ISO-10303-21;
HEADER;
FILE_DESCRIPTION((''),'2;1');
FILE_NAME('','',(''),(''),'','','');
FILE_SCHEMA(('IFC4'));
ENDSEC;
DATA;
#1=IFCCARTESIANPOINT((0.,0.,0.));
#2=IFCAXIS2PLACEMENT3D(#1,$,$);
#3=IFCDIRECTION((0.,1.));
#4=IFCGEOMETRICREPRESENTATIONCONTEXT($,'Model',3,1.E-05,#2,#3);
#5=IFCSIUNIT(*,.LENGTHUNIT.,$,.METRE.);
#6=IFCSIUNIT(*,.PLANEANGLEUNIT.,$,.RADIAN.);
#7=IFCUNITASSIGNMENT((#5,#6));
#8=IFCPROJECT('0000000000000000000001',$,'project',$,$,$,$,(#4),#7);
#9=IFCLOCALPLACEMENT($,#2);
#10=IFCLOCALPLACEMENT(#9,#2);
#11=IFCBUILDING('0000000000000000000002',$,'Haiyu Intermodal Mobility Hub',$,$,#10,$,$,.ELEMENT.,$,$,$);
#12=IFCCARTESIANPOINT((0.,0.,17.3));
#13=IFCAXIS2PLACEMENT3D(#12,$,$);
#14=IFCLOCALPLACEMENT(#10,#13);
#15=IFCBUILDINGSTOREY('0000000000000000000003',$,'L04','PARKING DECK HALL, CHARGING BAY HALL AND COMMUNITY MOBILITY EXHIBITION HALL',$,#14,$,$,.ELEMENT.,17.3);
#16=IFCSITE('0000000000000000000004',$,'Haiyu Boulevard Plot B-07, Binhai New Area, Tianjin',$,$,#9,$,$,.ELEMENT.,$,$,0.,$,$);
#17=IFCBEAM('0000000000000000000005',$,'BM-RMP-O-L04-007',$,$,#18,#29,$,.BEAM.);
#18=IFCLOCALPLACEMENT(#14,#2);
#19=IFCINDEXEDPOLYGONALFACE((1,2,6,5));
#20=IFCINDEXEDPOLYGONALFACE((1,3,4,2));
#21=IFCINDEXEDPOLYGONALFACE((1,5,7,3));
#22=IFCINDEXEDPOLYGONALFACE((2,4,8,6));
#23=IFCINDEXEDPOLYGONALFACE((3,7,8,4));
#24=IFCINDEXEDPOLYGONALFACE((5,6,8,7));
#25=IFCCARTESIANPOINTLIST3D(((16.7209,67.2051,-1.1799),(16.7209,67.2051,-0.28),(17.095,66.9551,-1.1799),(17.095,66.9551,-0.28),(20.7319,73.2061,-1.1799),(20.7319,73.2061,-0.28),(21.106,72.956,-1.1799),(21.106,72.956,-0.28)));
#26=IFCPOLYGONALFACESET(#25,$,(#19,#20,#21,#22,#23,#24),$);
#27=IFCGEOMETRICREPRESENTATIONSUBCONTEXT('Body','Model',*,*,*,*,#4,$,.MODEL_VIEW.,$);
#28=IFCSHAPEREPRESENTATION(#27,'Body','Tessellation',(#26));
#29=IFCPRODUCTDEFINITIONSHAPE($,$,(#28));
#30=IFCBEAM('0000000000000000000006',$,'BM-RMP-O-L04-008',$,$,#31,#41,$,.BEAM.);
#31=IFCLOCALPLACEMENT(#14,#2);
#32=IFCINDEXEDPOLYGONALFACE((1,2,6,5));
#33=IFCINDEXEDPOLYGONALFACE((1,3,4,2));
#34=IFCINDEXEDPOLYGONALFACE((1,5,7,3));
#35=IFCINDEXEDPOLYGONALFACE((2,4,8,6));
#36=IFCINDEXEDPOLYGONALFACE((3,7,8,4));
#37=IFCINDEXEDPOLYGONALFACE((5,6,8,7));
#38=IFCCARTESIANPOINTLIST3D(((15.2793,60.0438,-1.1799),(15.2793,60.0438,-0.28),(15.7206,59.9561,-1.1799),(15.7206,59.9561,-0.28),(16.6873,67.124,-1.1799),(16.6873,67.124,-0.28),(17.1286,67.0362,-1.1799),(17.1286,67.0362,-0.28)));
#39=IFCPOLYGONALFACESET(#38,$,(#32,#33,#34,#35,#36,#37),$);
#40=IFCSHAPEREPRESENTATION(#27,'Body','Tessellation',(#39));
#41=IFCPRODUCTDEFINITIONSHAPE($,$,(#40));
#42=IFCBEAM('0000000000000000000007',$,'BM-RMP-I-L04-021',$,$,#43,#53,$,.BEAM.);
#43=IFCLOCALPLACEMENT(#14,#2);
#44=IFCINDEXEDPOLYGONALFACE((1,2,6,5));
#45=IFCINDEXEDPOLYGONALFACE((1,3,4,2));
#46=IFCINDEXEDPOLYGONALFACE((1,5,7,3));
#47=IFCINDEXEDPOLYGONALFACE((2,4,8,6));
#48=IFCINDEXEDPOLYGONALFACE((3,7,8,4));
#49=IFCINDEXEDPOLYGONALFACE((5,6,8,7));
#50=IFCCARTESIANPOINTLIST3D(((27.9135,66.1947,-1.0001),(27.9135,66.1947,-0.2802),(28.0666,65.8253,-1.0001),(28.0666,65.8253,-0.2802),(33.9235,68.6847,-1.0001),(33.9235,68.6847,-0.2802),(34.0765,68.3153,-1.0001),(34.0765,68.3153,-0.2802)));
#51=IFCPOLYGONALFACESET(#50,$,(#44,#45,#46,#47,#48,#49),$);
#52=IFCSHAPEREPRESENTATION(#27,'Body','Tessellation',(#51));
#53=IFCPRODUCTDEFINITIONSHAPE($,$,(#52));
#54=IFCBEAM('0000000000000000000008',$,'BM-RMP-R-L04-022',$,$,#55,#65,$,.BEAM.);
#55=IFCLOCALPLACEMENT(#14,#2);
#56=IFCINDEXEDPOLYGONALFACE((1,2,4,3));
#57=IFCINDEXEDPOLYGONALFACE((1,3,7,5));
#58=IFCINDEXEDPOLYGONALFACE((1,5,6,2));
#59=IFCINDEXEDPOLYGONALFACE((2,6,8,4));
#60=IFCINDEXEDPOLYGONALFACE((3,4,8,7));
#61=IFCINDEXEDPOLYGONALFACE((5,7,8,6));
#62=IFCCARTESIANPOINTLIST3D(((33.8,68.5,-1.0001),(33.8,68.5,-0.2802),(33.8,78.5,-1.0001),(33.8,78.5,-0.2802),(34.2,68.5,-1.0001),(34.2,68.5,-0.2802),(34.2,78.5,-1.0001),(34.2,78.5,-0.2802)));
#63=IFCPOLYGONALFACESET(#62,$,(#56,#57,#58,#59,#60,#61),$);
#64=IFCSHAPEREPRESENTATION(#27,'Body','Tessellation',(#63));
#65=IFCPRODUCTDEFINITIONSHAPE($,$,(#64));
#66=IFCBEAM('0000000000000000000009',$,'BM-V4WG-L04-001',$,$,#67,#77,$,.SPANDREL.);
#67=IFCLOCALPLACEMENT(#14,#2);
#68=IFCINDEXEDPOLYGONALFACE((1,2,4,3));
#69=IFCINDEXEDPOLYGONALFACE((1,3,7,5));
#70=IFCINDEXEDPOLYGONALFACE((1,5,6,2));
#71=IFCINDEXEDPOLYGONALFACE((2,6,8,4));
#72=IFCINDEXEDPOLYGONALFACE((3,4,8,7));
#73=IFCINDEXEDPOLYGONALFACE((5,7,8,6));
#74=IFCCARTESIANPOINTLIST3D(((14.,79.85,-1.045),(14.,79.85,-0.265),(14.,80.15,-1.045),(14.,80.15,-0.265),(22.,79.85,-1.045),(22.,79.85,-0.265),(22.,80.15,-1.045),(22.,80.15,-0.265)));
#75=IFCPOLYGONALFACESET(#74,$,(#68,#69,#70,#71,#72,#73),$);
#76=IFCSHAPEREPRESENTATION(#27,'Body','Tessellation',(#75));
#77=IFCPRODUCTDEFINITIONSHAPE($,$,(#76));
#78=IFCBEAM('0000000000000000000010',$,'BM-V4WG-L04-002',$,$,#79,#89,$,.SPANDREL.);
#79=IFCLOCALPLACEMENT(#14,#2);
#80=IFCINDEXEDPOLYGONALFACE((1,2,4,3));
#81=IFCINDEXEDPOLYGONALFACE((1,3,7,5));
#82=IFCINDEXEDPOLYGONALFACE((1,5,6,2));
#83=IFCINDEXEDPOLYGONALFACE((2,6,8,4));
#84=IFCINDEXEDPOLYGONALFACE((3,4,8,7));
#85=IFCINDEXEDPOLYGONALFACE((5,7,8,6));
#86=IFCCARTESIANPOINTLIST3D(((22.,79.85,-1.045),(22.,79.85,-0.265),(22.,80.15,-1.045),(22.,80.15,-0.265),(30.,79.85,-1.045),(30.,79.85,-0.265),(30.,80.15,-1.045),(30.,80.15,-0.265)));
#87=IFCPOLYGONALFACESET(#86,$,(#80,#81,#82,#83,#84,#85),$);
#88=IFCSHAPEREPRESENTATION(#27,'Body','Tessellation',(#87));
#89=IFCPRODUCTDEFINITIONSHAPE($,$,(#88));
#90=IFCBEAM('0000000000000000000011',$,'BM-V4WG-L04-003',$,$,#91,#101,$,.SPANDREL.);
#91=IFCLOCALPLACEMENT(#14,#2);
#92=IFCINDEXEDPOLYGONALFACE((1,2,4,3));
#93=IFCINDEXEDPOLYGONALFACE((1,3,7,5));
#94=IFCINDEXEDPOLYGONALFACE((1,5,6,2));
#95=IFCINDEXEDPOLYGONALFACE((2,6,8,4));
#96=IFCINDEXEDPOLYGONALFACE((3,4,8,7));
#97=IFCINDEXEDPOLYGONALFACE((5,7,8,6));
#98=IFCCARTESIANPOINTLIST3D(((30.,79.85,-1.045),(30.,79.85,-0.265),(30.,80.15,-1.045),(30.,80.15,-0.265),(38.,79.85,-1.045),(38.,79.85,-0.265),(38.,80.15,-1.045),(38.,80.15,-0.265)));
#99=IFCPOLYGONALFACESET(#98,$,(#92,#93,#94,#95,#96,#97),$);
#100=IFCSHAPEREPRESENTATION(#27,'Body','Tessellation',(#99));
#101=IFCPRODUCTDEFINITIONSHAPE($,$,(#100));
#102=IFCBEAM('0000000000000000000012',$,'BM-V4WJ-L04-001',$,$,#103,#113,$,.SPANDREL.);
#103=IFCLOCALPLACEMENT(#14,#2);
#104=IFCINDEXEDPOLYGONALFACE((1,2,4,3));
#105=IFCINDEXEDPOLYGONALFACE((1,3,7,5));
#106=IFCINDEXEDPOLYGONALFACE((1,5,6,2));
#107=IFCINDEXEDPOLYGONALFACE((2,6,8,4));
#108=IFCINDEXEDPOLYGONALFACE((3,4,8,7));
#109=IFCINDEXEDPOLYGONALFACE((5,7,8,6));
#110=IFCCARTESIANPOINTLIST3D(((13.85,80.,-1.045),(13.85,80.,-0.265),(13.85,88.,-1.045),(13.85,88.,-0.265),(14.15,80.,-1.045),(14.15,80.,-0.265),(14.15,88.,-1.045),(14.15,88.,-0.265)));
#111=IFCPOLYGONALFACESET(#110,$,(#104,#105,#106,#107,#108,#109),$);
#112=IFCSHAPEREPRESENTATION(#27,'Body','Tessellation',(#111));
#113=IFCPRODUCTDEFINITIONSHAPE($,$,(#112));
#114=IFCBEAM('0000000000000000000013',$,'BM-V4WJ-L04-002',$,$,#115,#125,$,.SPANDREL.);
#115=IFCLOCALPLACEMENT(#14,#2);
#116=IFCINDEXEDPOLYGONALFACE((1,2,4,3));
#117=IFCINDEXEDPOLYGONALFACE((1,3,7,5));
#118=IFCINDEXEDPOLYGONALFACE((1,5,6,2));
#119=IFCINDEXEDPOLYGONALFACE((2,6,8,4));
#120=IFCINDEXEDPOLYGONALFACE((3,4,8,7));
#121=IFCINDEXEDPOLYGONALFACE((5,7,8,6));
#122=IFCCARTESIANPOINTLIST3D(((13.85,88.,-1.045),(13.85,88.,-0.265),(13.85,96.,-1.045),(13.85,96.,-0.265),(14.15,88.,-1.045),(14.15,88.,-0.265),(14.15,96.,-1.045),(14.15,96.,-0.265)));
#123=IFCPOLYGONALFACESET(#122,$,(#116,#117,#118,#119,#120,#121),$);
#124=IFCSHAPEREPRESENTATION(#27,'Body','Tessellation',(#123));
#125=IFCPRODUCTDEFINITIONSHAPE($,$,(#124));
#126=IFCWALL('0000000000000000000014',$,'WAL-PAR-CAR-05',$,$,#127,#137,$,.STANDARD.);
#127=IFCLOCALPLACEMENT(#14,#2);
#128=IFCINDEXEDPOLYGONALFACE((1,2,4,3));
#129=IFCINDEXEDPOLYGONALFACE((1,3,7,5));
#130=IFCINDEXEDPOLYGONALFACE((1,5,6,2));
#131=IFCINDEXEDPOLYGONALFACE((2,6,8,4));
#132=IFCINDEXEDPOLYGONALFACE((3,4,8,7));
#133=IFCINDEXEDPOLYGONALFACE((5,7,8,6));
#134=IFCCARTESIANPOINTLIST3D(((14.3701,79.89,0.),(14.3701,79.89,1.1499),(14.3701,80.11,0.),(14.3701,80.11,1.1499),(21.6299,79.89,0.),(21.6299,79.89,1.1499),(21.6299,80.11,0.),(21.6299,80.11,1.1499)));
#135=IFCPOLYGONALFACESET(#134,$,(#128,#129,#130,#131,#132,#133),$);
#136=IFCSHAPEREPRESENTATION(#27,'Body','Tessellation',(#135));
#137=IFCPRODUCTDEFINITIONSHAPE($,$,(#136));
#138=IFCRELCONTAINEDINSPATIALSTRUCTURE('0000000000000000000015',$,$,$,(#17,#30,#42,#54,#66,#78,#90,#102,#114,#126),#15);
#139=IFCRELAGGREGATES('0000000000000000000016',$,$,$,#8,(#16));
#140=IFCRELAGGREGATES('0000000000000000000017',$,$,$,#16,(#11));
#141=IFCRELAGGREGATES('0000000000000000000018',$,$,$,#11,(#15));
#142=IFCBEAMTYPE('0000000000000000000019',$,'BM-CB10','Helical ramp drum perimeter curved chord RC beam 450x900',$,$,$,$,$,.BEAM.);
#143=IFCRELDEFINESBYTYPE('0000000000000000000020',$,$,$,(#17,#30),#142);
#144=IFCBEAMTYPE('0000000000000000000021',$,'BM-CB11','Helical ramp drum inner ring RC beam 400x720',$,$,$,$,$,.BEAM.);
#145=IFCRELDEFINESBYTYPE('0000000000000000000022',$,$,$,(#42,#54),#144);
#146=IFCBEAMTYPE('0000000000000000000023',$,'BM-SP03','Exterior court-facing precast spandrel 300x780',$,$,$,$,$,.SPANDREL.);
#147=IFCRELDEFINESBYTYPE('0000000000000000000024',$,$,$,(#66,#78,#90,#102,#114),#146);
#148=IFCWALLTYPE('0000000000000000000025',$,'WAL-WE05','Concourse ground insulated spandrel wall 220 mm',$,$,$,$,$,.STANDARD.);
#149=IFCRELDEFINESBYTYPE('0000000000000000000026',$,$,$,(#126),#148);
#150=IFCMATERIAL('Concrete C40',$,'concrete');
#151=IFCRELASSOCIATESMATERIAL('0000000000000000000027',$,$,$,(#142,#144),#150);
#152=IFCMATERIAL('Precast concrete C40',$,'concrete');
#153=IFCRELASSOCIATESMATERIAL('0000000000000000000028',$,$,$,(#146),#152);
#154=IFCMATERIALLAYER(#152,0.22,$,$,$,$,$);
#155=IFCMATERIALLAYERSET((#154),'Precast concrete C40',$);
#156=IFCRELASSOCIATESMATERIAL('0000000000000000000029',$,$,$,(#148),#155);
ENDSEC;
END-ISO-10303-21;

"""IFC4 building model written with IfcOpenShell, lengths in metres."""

from ifc_helpers import new_model, si_unit, direction, frame, frame_2d, origin, origin_2d, place, context, subcontext, project, spatial, rectangle, extrude, material, layer, layer_set, material_profile, profile_set, type_object, element, save


model = new_model("IFC4")

# Units and contexts
model_context = context("Model", 3, precision=1e-05, world=origin(), true_north=direction((0.0, 1.0)))
body_context = subcontext(model_context, "Body", "Model", "MODEL_VIEW")
ifc_project = project(units=[si_unit("LENGTHUNIT", "METRE"), si_unit("PLANEANGLEUNIT", "RADIAN")], contexts=[model_context])

# Site, building, storey
site_placement = place(None, origin())
site = spatial("IfcSite", under=ifc_project, at=site_placement, Name="Haiyu Boulevard Plot B-07, Binhai New Area, Tianjin", CompositionType="ELEMENT", RefElevation=0.0)
building_placement = place(site_placement, origin())
building = spatial("IfcBuilding", under=site, at=building_placement, Name="Haiyu Intermodal Mobility Hub", CompositionType="ELEMENT")
storey_placement = place(building_placement, frame((0.0, 0.0, 17.3)))
storey = spatial("IfcBuildingStorey", under=building, at=storey_placement, Name="L04", Description="PARKING DECK HALL, CHARGING BAY HALL AND COMMUNITY MOBILITY EXHIBITION HALL", CompositionType="ELEMENT", Elevation=17.3)

# Shared definitions
ifc_material_1 = material(Name="Concrete C40", Category="concrete")

# Beams
ifc_material_profile_1 = material_profile(ifc_material_1, rectangle(XDim=0.45, YDim=0.8999, at=origin_2d()), Name="RCB450x900")
ifc_profile_set_1 = profile_set([ifc_material_profile_1], Name="Concrete C40")
beam_type_1 = type_object("IfcBeamType", Name="BM-CB10", Description="Helical ramp drum perimeter curved chord RC beam 450x900", PredefinedType="BEAM", material=ifc_profile_set_1)
for number, where, z_axis, x_axis, name in (
    (1, (20.9189, 73.0811, -0.73), (-0.555691, -0.831389, 0.0), (0.831389, -0.555691, 0.0), "BM-RMP-O-L04-007"),
):
    element("IfcBeam", number, at=place(storey_placement, frame(where, z_axis=z_axis, x_axis=x_axis)), inside=storey, type_object=beam_type_1, Name=name, PredefinedType="BEAM", context=body_context, shape_type="SweptSolid", body=[
        extrude(rectangle(XDim=0.45, YDim=0.8999, at=origin_2d()), origin(), (0.0, 0.0, 1.0), 7.218),
    ])
beam_1_placement = place(storey_placement, frame((16.908, 67.0801, -0.73), z_axis=(-0.195043, -0.980795, 0.0), x_axis=(0.980795, -0.195043, 0.0)))
element("IfcBeam", 2, at=beam_1_placement, inside=storey, type_object=beam_type_1, Name="BM-RMP-O-L04-008", PredefinedType="BEAM", context=body_context, shape_type="SweptSolid", body=[
    extrude(rectangle(XDim=0.45, YDim=0.8999, at=origin_2d()), origin(), (0.0, 0.0, 1.0), 7.2188),
])
ifc_material_profile_2 = material_profile(ifc_material_1, rectangle(XDim=0.3999, YDim=0.72, at=origin_2d()), Name="RCB400x720")
ifc_profile_set_2 = profile_set([ifc_material_profile_2], Name="Concrete C40")
beam_type_2 = type_object("IfcBeamType", Name="BM-CB11", Description="Helical ramp drum inner ring RC beam 400x720", PredefinedType="BEAM", material=ifc_profile_set_2)
beam_2_placement = place(storey_placement, frame((34.0, 68.5, -0.6401), z_axis=(-0.923849, -0.382757, 0.0), x_axis=(0.382757, -0.923849, 0.0)))
element("IfcBeam", 3, at=beam_2_placement, inside=storey, type_object=beam_type_2, Name="BM-RMP-I-L04-021", PredefinedType="BEAM", context=body_context, shape_type="SweptSolid", body=[
    extrude(rectangle(XDim=0.3999, YDim=0.72, at=origin_2d()), origin(), (0.0, 0.0, 1.0), 6.5054),
])
beam_3_placement = place(storey_placement, frame((34.0, 68.5, -0.6401), z_axis=(0.0, 1.0, 0.0), x_axis=(-1.0, 0.0, 0.0)))
element("IfcBeam", 4, at=beam_3_placement, inside=storey, type_object=beam_type_2, Name="BM-RMP-R-L04-022", PredefinedType="BEAM", context=body_context, shape_type="SweptSolid", body=[
    extrude(rectangle(XDim=0.3999, YDim=0.72, at=origin_2d()), origin(), (0.0, 0.0, 1.0), 10.0),
])
ifc_material_2 = material(Name="Precast concrete C40", Category="concrete")
ifc_material_profile_3 = material_profile(ifc_material_2, rectangle(XDim=0.3, YDim=0.78, at=origin_2d()), Name="PC300x780")
ifc_profile_set_3 = profile_set([ifc_material_profile_3], Name="Precast concrete C40")
beam_type_3 = type_object("IfcBeamType", Name="BM-SP03", Description="Exterior court-facing precast spandrel 300x780", PredefinedType="SPANDREL", material=ifc_profile_set_3)
for number, where, z_axis, x_axis, name in (
    (5, (14.0, 80.0, -0.655), (1.0, 0.0, 0.0), (0.0, 1.0, 0.0), "BM-V4WG-L04-001"),
    (6, (22.0, 80.0, -0.655), (1.0, 0.0, 0.0), (0.0, 1.0, 0.0), "BM-V4WG-L04-002"),
    (7, (30.0, 80.0, -0.655), (1.0, 0.0, 0.0), (0.0, 1.0, 0.0), "BM-V4WG-L04-003"),
    (8, (14.0, 80.0, -0.655), (0.0, 1.0, 0.0), (-1.0, 0.0, 0.0), "BM-V4WJ-L04-001"),
    (9, (14.0, 88.0, -0.655), (0.0, 1.0, 0.0), (-1.0, 0.0, 0.0), "BM-V4WJ-L04-002"),
):
    element("IfcBeam", number, at=place(storey_placement, frame(where, z_axis=z_axis, x_axis=x_axis)), inside=storey, type_object=beam_type_3, Name=name, PredefinedType="SPANDREL", context=body_context, shape_type="SweptSolid", body=[
        extrude(rectangle(XDim=0.3, YDim=0.78, at=origin_2d()), origin(), (0.0, 0.0, 1.0), 8.0),
    ])

# Wall
ifc_layer = layer(ifc_material_2, 0.22)
ifc_layer_set = layer_set([ifc_layer], Name="Precast concrete C40")
wall_type = type_object("IfcWallType", Name="WAL-WE05", Description="Concourse ground insulated spandrel wall 220 mm", PredefinedType="STANDARD", material=ifc_layer_set)
wall_placement = place(storey_placement, frame((14.3701, 80.0, 0.0), z_axis=(0.0, 0.0, 1.0), x_axis=(1.0, 0.0, 0.0)))
element("IfcWall", 10, at=wall_placement, inside=storey, type_object=wall_type, Name="WAL-PAR-CAR-05", PredefinedType="STANDARD", context=body_context, shape_type="SweptSolid", body=[
    extrude(rectangle(XDim=7.2598, YDim=0.22, at=frame_2d((3.6299, 0.0))), origin(), (0.0, 0.0, 1.0), 1.1499),
])

save(model, "model.ifc")
